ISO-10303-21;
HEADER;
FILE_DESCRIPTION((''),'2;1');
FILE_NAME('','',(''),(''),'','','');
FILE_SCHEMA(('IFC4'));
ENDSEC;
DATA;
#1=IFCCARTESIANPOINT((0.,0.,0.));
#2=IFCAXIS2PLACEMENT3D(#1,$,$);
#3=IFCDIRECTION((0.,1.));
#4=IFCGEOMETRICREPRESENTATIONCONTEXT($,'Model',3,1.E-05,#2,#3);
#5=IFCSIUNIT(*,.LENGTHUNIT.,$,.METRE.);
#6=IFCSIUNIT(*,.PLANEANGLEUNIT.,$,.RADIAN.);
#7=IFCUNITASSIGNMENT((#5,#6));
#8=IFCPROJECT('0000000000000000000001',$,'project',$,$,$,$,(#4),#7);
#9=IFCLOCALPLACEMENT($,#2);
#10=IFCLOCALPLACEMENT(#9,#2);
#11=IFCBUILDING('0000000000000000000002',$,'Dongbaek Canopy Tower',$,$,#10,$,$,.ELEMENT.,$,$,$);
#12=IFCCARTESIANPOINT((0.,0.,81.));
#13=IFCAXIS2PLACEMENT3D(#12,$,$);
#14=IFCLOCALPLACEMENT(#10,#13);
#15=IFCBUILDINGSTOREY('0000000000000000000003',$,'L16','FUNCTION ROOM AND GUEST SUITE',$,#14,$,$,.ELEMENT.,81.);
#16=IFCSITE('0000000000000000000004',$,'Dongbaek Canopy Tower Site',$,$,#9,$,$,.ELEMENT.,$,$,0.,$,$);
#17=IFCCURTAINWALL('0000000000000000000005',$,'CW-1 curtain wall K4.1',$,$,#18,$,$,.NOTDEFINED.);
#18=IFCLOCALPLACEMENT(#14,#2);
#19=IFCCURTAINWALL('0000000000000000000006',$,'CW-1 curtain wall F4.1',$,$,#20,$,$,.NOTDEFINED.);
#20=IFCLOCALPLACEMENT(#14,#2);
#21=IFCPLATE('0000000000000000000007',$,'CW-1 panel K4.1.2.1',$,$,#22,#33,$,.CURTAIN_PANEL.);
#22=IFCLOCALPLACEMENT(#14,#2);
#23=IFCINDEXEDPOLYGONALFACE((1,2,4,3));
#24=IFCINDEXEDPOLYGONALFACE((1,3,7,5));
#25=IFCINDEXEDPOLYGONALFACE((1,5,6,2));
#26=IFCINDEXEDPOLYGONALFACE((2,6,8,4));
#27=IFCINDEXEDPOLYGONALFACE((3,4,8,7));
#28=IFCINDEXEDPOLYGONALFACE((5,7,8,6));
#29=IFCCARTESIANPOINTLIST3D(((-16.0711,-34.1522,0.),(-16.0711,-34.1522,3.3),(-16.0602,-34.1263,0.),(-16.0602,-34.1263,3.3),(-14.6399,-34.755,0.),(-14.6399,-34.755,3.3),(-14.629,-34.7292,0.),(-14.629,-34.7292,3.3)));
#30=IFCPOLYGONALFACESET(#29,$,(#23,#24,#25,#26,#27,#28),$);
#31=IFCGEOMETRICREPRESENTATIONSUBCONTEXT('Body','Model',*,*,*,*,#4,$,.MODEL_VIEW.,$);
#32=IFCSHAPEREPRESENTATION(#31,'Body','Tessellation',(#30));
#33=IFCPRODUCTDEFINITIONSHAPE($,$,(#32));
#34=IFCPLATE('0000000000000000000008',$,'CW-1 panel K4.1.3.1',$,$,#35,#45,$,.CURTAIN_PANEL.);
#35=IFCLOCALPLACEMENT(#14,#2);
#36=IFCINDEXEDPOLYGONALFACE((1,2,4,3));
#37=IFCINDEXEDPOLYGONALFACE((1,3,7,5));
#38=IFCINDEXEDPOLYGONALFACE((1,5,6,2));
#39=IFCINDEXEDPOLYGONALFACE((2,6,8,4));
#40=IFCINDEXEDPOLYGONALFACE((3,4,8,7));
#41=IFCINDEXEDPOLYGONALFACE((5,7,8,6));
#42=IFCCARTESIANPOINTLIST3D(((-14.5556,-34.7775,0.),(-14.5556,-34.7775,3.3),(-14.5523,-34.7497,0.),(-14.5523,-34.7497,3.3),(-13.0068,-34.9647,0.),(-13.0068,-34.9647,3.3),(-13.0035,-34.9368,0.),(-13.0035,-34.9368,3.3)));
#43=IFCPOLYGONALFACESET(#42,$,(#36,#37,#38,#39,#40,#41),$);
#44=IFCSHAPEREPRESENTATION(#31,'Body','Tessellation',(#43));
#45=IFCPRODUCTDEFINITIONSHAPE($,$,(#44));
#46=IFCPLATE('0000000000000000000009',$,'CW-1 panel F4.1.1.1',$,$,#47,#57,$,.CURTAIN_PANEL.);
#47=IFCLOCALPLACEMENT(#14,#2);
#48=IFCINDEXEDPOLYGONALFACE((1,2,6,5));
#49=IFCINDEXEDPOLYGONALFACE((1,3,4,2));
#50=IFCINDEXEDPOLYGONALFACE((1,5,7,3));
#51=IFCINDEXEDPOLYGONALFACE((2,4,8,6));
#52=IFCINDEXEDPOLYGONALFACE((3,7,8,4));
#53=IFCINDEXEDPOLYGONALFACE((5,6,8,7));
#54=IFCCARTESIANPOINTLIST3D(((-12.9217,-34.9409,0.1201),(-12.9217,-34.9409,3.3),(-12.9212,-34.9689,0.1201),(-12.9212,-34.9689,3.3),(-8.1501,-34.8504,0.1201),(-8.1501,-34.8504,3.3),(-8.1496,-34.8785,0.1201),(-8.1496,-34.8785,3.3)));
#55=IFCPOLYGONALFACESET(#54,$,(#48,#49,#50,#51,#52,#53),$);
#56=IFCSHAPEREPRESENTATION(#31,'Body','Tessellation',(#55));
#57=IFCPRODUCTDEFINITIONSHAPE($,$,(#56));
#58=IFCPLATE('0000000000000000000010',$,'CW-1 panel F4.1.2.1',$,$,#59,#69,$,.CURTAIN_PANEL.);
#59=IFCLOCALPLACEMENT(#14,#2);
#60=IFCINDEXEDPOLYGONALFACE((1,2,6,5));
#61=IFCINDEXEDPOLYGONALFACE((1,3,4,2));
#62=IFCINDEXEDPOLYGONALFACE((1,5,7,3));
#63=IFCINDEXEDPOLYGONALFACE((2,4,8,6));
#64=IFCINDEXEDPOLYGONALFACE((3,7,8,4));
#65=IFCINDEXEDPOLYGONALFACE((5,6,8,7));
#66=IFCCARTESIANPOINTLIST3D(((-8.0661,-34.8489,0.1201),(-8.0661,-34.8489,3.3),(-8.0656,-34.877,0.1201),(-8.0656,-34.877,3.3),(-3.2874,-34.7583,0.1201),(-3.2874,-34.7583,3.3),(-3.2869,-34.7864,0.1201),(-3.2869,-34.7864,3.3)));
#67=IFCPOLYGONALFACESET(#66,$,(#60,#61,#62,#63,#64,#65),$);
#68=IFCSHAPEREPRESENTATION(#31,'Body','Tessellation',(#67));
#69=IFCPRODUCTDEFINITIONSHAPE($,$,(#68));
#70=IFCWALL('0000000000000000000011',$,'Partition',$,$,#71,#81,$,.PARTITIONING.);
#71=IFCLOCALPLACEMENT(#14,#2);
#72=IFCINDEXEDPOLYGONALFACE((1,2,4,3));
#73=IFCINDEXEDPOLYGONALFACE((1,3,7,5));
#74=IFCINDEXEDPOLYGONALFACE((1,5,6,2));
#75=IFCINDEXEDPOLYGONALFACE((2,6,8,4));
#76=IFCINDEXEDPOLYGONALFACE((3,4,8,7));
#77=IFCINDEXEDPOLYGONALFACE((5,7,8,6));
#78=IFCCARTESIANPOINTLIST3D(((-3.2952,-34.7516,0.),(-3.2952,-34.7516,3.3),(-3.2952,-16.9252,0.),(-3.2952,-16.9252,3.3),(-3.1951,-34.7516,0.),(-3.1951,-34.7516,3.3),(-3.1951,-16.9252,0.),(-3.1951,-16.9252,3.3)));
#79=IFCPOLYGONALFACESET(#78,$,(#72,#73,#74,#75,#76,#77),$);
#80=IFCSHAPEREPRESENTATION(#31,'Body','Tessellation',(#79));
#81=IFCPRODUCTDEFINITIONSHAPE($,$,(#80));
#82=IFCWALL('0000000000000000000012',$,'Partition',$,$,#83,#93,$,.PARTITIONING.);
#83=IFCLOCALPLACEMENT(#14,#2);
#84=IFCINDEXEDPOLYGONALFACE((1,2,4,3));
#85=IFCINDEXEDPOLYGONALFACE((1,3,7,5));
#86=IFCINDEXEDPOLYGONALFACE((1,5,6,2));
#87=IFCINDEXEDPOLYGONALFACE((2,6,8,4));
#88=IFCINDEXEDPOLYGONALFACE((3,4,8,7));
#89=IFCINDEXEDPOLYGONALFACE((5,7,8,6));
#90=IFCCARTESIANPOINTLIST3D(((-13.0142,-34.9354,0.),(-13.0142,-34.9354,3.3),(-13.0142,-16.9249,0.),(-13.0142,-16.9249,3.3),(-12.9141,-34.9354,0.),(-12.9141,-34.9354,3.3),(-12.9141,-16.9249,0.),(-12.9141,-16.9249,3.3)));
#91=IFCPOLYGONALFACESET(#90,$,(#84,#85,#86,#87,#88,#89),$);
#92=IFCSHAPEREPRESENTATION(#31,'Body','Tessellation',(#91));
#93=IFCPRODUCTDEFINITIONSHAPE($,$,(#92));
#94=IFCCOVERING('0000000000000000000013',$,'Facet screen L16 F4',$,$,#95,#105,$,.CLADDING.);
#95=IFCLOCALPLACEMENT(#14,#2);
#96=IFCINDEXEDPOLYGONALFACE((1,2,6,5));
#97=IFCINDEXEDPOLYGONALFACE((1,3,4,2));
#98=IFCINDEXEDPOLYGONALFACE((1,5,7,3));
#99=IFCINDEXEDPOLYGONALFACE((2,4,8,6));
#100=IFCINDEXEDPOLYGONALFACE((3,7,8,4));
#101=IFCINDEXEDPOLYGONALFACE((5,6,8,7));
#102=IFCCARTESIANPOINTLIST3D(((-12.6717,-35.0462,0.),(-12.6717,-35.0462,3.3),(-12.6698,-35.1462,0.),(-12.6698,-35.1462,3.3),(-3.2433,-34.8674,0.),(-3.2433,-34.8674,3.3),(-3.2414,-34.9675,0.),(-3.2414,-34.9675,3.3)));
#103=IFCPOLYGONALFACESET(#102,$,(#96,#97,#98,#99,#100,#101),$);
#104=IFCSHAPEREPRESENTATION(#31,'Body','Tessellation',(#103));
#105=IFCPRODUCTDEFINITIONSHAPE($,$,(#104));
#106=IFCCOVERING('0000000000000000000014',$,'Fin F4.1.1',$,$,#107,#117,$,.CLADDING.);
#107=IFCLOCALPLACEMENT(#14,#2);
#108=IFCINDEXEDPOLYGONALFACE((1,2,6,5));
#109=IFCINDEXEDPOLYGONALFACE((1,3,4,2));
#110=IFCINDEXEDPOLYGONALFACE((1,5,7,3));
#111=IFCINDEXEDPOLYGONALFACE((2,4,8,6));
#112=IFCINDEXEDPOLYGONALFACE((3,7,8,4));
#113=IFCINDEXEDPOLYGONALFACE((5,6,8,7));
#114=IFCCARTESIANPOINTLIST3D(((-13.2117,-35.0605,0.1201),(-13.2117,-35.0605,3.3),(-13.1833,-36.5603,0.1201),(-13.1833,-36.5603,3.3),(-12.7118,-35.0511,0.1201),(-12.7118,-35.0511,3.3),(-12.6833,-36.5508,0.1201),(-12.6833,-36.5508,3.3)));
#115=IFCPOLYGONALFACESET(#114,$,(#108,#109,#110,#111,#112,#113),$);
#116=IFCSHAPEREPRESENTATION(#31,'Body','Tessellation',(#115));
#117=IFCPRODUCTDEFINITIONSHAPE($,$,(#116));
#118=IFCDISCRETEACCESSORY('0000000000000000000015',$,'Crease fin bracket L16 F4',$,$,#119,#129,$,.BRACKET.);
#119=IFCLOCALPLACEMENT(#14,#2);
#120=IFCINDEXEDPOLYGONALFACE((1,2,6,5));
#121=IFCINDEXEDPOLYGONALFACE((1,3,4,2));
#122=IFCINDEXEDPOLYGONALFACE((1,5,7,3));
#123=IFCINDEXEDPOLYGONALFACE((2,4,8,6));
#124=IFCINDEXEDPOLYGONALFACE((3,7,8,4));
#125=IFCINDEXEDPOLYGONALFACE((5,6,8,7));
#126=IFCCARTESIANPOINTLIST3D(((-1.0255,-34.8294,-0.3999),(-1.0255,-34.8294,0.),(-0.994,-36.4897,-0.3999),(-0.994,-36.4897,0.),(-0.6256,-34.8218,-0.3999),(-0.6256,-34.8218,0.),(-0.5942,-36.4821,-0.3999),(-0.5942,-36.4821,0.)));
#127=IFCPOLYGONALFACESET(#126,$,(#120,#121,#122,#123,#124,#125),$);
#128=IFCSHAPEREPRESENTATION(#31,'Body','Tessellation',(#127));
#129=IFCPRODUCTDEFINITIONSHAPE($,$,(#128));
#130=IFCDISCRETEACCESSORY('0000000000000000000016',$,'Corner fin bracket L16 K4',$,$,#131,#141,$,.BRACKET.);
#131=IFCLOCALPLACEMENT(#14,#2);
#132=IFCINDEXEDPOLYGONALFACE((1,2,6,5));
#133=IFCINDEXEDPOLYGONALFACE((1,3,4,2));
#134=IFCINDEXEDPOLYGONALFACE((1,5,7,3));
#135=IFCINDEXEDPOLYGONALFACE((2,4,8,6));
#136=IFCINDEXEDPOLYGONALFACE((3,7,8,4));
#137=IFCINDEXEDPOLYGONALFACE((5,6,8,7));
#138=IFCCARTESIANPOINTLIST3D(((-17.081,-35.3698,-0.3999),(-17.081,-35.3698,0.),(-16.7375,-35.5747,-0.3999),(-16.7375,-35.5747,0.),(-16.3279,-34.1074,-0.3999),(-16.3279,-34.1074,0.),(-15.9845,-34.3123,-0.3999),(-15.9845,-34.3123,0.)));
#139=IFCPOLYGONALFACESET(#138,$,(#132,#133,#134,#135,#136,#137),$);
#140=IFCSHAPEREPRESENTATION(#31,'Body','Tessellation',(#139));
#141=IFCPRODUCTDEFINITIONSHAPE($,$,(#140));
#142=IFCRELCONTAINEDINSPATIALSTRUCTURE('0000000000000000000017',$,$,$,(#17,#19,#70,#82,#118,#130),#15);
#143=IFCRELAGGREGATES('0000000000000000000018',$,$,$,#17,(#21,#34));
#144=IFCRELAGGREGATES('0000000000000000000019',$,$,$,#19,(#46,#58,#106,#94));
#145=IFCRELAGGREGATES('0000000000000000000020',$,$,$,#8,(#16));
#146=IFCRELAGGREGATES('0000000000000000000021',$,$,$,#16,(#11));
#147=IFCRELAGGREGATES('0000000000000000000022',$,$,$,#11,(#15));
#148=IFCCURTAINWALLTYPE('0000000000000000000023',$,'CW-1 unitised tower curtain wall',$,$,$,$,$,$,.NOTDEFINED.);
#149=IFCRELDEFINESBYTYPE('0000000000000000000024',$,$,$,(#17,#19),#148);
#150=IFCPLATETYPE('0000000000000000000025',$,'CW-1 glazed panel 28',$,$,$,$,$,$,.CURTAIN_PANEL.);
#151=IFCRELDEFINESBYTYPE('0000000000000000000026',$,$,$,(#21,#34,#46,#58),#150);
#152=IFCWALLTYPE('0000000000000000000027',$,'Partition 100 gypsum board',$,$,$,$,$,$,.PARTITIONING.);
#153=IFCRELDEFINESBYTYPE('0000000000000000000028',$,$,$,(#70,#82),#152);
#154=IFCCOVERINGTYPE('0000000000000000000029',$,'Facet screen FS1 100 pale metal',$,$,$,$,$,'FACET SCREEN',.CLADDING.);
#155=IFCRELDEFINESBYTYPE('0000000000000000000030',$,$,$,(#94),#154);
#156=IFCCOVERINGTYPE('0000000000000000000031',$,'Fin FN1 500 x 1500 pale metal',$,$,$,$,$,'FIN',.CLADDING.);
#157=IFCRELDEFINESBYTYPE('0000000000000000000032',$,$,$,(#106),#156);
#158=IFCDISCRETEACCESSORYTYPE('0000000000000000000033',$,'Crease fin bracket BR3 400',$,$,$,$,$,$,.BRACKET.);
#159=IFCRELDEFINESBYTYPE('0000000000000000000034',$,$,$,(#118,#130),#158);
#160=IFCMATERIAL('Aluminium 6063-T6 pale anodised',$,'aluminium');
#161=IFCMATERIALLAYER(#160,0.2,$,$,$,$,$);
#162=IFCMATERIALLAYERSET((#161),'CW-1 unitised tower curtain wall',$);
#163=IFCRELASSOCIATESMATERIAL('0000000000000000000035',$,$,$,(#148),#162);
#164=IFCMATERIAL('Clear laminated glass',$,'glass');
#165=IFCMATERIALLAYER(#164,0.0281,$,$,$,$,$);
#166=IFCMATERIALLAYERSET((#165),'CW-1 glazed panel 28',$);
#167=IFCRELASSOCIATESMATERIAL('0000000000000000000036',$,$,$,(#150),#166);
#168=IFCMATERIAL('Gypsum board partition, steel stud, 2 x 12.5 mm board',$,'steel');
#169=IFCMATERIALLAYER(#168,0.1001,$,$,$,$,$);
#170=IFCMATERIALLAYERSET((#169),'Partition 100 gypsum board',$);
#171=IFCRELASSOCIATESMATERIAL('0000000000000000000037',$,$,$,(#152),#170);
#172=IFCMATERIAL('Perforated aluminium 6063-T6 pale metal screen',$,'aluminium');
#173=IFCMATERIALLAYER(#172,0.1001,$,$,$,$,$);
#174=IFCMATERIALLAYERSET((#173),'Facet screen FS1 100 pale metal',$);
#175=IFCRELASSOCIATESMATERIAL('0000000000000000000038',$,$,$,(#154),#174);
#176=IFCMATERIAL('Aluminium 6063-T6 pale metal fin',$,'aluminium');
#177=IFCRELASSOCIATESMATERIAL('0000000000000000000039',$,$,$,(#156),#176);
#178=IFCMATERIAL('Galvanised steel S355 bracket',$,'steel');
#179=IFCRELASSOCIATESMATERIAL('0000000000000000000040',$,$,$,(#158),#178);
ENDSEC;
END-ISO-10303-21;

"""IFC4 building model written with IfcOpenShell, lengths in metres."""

from ifc_helpers import new_model, si_unit, direction, frame, frame_2d, origin, origin_2d, place, context, subcontext, project, spatial, rectangle, extrude, material, layer, layer_set, material_profile, profile_set, type_object, element, aggregate, save


model = new_model("IFC4")

# Units and contexts
model_context = context("Model", 3, precision=1e-05, world=origin(), true_north=direction((0.0, 1.0)))
body_context = subcontext(model_context, "Body", "Model", "MODEL_VIEW")
ifc_project = project(units=[si_unit("LENGTHUNIT", "METRE"), si_unit("PLANEANGLEUNIT", "RADIAN")], contexts=[model_context])

# Site, building, storey
site_placement = place(None, origin())
site = spatial("IfcSite", under=ifc_project, at=site_placement, Name="Dongbaek Canopy Tower Site", CompositionType="ELEMENT", RefElevation=0.0)
building_placement = place(site_placement, origin())
building = spatial("IfcBuilding", under=site, at=building_placement, Name="Dongbaek Canopy Tower", CompositionType="ELEMENT")
storey_placement = place(building_placement, frame((0.0, 0.0, 81.0)))
storey = spatial("IfcBuildingStorey", under=building, at=storey_placement, Name="L16", Description="FUNCTION ROOM AND GUEST SUITE", CompositionType="ELEMENT", Elevation=81.0)

# Shared definitions
ifc_material_1 = material(Name="Aluminium 6063-T6 pale anodised", Category="aluminium")
ifc_layer_1 = layer(ifc_material_1, 0.2)
ifc_layer_set_1 = layer_set([ifc_layer_1], Name="CW-1 unitised tower curtain wall")
curtain_wall_type = type_object("IfcCurtainWallType", Name="CW-1 unitised tower curtain wall", PredefinedType="NOTDEFINED", material=ifc_layer_set_1)

# Curtain walls
curtain_wall_1_placement = place(storey_placement, origin())
curtain_wall_1 = element("IfcCurtainWall", 1, at=curtain_wall_1_placement, inside=storey, type_object=curtain_wall_type, Name="CW-1 curtain wall K4.1", PredefinedType="NOTDEFINED")
curtain_wall_2_placement = place(storey_placement, origin())
curtain_wall_2 = element("IfcCurtainWall", 2, at=curtain_wall_2_placement, inside=storey, type_object=curtain_wall_type, Name="CW-1 curtain wall F4.1", PredefinedType="NOTDEFINED")

# Plates
ifc_material_2 = material(Name="Clear laminated glass", Category="glass")
ifc_layer_2 = layer(ifc_material_2, 0.0281)
ifc_layer_set_2 = layer_set([ifc_layer_2], Name="CW-1 glazed panel 28")
plate_type = type_object("IfcPlateType", Name="CW-1 glazed panel 28", PredefinedType="CURTAIN_PANEL", material=ifc_layer_set_2)
plate_1_placement = place(storey_placement, frame((-15.3501, -34.4407, 0.0), z_axis=(0.0, 0.0, 1.0), x_axis=(0.921586, -0.388175, 0.0)))
plate_1 = element("IfcPlate", 3, at=plate_1_placement, type_object=plate_type, Name="CW-1 panel K4.1.2.1", PredefinedType="CURTAIN_PANEL", context=body_context, shape_type="SweptSolid", body=[
    extrude(rectangle(XDim=1.553, YDim=0.0281, at=origin_2d()), origin(), (0.0, 0.0, 1.0), 3.3),
])
plate_2_placement = place(storey_placement, frame((-13.7795, -34.8572, 0.0), z_axis=(0.0, 0.0, 1.0), x_axis=(0.992779, -0.119959, 0.0)))
plate_2 = element("IfcPlate", 4, at=plate_2_placement, type_object=plate_type, Name="CW-1 panel K4.1.3.1", PredefinedType="CURTAIN_PANEL", context=body_context, shape_type="SweptSolid", body=[
    extrude(rectangle(XDim=1.5601, YDim=0.0281, at=origin_2d()), origin(), (0.0, 0.0, 1.0), 3.3),
])
aggregate(curtain_wall_1, [plate_1, plate_2])
plate_3_placement = place(storey_placement, frame((-10.5356, -34.9097, 0.1201), z_axis=(0.0, 0.0, 1.0), x_axis=(0.99982, 0.018952, 0.0)))
plate_3 = element("IfcPlate", 5, at=plate_3_placement, type_object=plate_type, Name="CW-1 panel F4.1.1.1", PredefinedType="CURTAIN_PANEL", context=body_context, shape_type="SweptSolid", body=[
    extrude(rectangle(XDim=4.7725, YDim=0.0281, at=origin_2d()), origin(), (0.0, 0.0, 1.0), 3.1799),
])
plate_4_placement = place(storey_placement, frame((-5.6765, -34.8176, 0.1201), z_axis=(0.0, 0.0, 1.0), x_axis=(0.99982, 0.018952, 0.0)))
plate_4 = element("IfcPlate", 6, at=plate_4_placement, type_object=plate_type, Name="CW-1 panel F4.1.2.1", PredefinedType="CURTAIN_PANEL", context=body_context, shape_type="SweptSolid", body=[
    extrude(rectangle(XDim=4.7795, YDim=0.0281, at=origin_2d()), origin(), (0.0, 0.0, 1.0), 3.1799),
])

# Walls
ifc_material_3 = material(Name="Gypsum board partition, steel stud, 2 x 12.5 mm board", Category="steel")
ifc_layer_3 = layer(ifc_material_3, 0.1001)
ifc_layer_set_3 = layer_set([ifc_layer_3], Name="Partition 100 gypsum board")
wall_type_1 = type_object("IfcWallType", Name="Partition 100 gypsum board", PredefinedType="PARTITIONING", material=ifc_layer_set_3)
wall_1_placement = place(storey_placement, frame((-3.2451, -34.7515, 0.0), z_axis=(0.0, 0.0, 1.0), x_axis=(0.0, 1.0, 0.0)))
element("IfcWall", 7, at=wall_1_placement, inside=storey, type_object=wall_type_1, Name="Partition", PredefinedType="PARTITIONING", context=body_context, shape_type="SweptSolid", body=[
    extrude(rectangle(XDim=17.8264, YDim=0.1001, at=frame_2d((8.9131, 0.0))), origin(), (0.0, 0.0, 1.0), 3.3),
])
wall_2_placement = place(storey_placement, frame((-12.9641, -34.9355, 0.0), z_axis=(0.0, 0.0, 1.0), x_axis=(0.0, 1.0, 0.0)))
element("IfcWall", 8, at=wall_2_placement, inside=storey, type_object=wall_type_1, Name="Partition", PredefinedType="PARTITIONING", context=body_context, shape_type="SweptSolid", body=[
    extrude(rectangle(XDim=18.0105, YDim=0.1001, at=frame_2d((9.0054, 0.0))), origin(), (0.0, 0.0, 1.0), 3.3),
])

# Coverings
ifc_material_4 = material(Name="Perforated aluminium 6063-T6 pale metal screen", Category="aluminium")
ifc_layer_4 = layer(ifc_material_4, 0.1001)
ifc_layer_set_4 = layer_set([ifc_layer_4], Name="Facet screen FS1 100 pale metal")
covering_type_1 = type_object("IfcCoveringType", Name="Facet screen FS1 100 pale metal", ElementType="FACET SCREEN", PredefinedType="CLADDING", material=ifc_layer_set_4)
covering_1_placement = place(storey_placement, frame((-7.9565, -35.0068, 0.0), z_axis=(0.0, 0.0, 1.0), x_axis=(0.99982, 0.018951, 0.0)))
covering_1 = element("IfcCovering", 9, at=covering_1_placement, type_object=covering_type_1, Name="Facet screen L16 F4", PredefinedType="CLADDING", context=body_context, shape_type="SweptSolid", body=[
    extrude(rectangle(XDim=9.4302, YDim=0.1001, at=origin_2d()), origin(), (0.0, 0.0, 1.0), 3.3),
])
ifc_material_5 = material(Name="Aluminium 6063-T6 pale metal fin", Category="aluminium")
ifc_material_profile_1 = material_profile(ifc_material_5, rectangle(XDim=1.5, YDim=0.5, at=origin_2d()), Name="Fin FN1 500 x 1500 pale metal")
ifc_profile_set_1 = profile_set([ifc_material_profile_1], Name="Aluminium 6063-T6 pale metal fin")
covering_type_2 = type_object("IfcCoveringType", Name="Fin FN1 500 x 1500 pale metal", ElementType="FIN", PredefinedType="CLADDING", material=ifc_profile_set_1)
covering_2_placement = place(storey_placement, frame((-12.9475, -35.8057, 0.1201), z_axis=(0.0, 0.0, 1.0), x_axis=(0.018952, -0.99982, 0.0)))
covering_2 = element("IfcCovering", 10, at=covering_2_placement, type_object=covering_type_2, Name="Fin F4.1.1", PredefinedType="CLADDING", context=body_context, shape_type="SweptSolid", body=[
    extrude(rectangle(XDim=1.5, YDim=0.5, at=origin_2d()), origin(), (0.0, 0.0, 1.0), 3.1799),
])
aggregate(curtain_wall_2, [plate_3, plate_4, covering_2, covering_1])

# Discrete accessories
ifc_material_6 = material(Name="Galvanised steel S355 bracket", Category="steel")
discrete_accessory_type = type_object("IfcDiscreteAccessoryType", Name="Crease fin bracket BR3 400", PredefinedType="BRACKET", material=ifc_material_6)
discrete_accessory_1_placement = place(storey_placement, frame((-0.8098, -35.6558, -0.3999), z_axis=(0.0, 0.0, 1.0), x_axis=(0.018951, -0.99982, 0.0)))
element("IfcDiscreteAccessory", 11, at=discrete_accessory_1_placement, inside=storey, type_object=discrete_accessory_type, Name="Crease fin bracket L16 F4", PredefinedType="BRACKET", context=body_context, shape_type="SweptSolid", body=[
    extrude(rectangle(XDim=1.6606, YDim=0.3999, at=origin_2d()), origin(), (0.0, 0.0, 1.0), 0.3999),
])
discrete_accessory_2_placement = place(storey_placement, frame((-16.5327, -34.8411, -0.3999), z_axis=(0.0, 0.0, 1.0), x_axis=(-0.512292, -0.858812, 0.0)))
element("IfcDiscreteAccessory", 12, at=discrete_accessory_2_placement, inside=storey, type_object=discrete_accessory_type, Name="Corner fin bracket L16 K4", PredefinedType="BRACKET", context=body_context, shape_type="SweptSolid", body=[
    extrude(rectangle(XDim=1.47, YDim=0.3999, at=origin_2d()), origin(), (0.0, 0.0, 1.0), 0.3999),
])

save(model, "model.ifc")
